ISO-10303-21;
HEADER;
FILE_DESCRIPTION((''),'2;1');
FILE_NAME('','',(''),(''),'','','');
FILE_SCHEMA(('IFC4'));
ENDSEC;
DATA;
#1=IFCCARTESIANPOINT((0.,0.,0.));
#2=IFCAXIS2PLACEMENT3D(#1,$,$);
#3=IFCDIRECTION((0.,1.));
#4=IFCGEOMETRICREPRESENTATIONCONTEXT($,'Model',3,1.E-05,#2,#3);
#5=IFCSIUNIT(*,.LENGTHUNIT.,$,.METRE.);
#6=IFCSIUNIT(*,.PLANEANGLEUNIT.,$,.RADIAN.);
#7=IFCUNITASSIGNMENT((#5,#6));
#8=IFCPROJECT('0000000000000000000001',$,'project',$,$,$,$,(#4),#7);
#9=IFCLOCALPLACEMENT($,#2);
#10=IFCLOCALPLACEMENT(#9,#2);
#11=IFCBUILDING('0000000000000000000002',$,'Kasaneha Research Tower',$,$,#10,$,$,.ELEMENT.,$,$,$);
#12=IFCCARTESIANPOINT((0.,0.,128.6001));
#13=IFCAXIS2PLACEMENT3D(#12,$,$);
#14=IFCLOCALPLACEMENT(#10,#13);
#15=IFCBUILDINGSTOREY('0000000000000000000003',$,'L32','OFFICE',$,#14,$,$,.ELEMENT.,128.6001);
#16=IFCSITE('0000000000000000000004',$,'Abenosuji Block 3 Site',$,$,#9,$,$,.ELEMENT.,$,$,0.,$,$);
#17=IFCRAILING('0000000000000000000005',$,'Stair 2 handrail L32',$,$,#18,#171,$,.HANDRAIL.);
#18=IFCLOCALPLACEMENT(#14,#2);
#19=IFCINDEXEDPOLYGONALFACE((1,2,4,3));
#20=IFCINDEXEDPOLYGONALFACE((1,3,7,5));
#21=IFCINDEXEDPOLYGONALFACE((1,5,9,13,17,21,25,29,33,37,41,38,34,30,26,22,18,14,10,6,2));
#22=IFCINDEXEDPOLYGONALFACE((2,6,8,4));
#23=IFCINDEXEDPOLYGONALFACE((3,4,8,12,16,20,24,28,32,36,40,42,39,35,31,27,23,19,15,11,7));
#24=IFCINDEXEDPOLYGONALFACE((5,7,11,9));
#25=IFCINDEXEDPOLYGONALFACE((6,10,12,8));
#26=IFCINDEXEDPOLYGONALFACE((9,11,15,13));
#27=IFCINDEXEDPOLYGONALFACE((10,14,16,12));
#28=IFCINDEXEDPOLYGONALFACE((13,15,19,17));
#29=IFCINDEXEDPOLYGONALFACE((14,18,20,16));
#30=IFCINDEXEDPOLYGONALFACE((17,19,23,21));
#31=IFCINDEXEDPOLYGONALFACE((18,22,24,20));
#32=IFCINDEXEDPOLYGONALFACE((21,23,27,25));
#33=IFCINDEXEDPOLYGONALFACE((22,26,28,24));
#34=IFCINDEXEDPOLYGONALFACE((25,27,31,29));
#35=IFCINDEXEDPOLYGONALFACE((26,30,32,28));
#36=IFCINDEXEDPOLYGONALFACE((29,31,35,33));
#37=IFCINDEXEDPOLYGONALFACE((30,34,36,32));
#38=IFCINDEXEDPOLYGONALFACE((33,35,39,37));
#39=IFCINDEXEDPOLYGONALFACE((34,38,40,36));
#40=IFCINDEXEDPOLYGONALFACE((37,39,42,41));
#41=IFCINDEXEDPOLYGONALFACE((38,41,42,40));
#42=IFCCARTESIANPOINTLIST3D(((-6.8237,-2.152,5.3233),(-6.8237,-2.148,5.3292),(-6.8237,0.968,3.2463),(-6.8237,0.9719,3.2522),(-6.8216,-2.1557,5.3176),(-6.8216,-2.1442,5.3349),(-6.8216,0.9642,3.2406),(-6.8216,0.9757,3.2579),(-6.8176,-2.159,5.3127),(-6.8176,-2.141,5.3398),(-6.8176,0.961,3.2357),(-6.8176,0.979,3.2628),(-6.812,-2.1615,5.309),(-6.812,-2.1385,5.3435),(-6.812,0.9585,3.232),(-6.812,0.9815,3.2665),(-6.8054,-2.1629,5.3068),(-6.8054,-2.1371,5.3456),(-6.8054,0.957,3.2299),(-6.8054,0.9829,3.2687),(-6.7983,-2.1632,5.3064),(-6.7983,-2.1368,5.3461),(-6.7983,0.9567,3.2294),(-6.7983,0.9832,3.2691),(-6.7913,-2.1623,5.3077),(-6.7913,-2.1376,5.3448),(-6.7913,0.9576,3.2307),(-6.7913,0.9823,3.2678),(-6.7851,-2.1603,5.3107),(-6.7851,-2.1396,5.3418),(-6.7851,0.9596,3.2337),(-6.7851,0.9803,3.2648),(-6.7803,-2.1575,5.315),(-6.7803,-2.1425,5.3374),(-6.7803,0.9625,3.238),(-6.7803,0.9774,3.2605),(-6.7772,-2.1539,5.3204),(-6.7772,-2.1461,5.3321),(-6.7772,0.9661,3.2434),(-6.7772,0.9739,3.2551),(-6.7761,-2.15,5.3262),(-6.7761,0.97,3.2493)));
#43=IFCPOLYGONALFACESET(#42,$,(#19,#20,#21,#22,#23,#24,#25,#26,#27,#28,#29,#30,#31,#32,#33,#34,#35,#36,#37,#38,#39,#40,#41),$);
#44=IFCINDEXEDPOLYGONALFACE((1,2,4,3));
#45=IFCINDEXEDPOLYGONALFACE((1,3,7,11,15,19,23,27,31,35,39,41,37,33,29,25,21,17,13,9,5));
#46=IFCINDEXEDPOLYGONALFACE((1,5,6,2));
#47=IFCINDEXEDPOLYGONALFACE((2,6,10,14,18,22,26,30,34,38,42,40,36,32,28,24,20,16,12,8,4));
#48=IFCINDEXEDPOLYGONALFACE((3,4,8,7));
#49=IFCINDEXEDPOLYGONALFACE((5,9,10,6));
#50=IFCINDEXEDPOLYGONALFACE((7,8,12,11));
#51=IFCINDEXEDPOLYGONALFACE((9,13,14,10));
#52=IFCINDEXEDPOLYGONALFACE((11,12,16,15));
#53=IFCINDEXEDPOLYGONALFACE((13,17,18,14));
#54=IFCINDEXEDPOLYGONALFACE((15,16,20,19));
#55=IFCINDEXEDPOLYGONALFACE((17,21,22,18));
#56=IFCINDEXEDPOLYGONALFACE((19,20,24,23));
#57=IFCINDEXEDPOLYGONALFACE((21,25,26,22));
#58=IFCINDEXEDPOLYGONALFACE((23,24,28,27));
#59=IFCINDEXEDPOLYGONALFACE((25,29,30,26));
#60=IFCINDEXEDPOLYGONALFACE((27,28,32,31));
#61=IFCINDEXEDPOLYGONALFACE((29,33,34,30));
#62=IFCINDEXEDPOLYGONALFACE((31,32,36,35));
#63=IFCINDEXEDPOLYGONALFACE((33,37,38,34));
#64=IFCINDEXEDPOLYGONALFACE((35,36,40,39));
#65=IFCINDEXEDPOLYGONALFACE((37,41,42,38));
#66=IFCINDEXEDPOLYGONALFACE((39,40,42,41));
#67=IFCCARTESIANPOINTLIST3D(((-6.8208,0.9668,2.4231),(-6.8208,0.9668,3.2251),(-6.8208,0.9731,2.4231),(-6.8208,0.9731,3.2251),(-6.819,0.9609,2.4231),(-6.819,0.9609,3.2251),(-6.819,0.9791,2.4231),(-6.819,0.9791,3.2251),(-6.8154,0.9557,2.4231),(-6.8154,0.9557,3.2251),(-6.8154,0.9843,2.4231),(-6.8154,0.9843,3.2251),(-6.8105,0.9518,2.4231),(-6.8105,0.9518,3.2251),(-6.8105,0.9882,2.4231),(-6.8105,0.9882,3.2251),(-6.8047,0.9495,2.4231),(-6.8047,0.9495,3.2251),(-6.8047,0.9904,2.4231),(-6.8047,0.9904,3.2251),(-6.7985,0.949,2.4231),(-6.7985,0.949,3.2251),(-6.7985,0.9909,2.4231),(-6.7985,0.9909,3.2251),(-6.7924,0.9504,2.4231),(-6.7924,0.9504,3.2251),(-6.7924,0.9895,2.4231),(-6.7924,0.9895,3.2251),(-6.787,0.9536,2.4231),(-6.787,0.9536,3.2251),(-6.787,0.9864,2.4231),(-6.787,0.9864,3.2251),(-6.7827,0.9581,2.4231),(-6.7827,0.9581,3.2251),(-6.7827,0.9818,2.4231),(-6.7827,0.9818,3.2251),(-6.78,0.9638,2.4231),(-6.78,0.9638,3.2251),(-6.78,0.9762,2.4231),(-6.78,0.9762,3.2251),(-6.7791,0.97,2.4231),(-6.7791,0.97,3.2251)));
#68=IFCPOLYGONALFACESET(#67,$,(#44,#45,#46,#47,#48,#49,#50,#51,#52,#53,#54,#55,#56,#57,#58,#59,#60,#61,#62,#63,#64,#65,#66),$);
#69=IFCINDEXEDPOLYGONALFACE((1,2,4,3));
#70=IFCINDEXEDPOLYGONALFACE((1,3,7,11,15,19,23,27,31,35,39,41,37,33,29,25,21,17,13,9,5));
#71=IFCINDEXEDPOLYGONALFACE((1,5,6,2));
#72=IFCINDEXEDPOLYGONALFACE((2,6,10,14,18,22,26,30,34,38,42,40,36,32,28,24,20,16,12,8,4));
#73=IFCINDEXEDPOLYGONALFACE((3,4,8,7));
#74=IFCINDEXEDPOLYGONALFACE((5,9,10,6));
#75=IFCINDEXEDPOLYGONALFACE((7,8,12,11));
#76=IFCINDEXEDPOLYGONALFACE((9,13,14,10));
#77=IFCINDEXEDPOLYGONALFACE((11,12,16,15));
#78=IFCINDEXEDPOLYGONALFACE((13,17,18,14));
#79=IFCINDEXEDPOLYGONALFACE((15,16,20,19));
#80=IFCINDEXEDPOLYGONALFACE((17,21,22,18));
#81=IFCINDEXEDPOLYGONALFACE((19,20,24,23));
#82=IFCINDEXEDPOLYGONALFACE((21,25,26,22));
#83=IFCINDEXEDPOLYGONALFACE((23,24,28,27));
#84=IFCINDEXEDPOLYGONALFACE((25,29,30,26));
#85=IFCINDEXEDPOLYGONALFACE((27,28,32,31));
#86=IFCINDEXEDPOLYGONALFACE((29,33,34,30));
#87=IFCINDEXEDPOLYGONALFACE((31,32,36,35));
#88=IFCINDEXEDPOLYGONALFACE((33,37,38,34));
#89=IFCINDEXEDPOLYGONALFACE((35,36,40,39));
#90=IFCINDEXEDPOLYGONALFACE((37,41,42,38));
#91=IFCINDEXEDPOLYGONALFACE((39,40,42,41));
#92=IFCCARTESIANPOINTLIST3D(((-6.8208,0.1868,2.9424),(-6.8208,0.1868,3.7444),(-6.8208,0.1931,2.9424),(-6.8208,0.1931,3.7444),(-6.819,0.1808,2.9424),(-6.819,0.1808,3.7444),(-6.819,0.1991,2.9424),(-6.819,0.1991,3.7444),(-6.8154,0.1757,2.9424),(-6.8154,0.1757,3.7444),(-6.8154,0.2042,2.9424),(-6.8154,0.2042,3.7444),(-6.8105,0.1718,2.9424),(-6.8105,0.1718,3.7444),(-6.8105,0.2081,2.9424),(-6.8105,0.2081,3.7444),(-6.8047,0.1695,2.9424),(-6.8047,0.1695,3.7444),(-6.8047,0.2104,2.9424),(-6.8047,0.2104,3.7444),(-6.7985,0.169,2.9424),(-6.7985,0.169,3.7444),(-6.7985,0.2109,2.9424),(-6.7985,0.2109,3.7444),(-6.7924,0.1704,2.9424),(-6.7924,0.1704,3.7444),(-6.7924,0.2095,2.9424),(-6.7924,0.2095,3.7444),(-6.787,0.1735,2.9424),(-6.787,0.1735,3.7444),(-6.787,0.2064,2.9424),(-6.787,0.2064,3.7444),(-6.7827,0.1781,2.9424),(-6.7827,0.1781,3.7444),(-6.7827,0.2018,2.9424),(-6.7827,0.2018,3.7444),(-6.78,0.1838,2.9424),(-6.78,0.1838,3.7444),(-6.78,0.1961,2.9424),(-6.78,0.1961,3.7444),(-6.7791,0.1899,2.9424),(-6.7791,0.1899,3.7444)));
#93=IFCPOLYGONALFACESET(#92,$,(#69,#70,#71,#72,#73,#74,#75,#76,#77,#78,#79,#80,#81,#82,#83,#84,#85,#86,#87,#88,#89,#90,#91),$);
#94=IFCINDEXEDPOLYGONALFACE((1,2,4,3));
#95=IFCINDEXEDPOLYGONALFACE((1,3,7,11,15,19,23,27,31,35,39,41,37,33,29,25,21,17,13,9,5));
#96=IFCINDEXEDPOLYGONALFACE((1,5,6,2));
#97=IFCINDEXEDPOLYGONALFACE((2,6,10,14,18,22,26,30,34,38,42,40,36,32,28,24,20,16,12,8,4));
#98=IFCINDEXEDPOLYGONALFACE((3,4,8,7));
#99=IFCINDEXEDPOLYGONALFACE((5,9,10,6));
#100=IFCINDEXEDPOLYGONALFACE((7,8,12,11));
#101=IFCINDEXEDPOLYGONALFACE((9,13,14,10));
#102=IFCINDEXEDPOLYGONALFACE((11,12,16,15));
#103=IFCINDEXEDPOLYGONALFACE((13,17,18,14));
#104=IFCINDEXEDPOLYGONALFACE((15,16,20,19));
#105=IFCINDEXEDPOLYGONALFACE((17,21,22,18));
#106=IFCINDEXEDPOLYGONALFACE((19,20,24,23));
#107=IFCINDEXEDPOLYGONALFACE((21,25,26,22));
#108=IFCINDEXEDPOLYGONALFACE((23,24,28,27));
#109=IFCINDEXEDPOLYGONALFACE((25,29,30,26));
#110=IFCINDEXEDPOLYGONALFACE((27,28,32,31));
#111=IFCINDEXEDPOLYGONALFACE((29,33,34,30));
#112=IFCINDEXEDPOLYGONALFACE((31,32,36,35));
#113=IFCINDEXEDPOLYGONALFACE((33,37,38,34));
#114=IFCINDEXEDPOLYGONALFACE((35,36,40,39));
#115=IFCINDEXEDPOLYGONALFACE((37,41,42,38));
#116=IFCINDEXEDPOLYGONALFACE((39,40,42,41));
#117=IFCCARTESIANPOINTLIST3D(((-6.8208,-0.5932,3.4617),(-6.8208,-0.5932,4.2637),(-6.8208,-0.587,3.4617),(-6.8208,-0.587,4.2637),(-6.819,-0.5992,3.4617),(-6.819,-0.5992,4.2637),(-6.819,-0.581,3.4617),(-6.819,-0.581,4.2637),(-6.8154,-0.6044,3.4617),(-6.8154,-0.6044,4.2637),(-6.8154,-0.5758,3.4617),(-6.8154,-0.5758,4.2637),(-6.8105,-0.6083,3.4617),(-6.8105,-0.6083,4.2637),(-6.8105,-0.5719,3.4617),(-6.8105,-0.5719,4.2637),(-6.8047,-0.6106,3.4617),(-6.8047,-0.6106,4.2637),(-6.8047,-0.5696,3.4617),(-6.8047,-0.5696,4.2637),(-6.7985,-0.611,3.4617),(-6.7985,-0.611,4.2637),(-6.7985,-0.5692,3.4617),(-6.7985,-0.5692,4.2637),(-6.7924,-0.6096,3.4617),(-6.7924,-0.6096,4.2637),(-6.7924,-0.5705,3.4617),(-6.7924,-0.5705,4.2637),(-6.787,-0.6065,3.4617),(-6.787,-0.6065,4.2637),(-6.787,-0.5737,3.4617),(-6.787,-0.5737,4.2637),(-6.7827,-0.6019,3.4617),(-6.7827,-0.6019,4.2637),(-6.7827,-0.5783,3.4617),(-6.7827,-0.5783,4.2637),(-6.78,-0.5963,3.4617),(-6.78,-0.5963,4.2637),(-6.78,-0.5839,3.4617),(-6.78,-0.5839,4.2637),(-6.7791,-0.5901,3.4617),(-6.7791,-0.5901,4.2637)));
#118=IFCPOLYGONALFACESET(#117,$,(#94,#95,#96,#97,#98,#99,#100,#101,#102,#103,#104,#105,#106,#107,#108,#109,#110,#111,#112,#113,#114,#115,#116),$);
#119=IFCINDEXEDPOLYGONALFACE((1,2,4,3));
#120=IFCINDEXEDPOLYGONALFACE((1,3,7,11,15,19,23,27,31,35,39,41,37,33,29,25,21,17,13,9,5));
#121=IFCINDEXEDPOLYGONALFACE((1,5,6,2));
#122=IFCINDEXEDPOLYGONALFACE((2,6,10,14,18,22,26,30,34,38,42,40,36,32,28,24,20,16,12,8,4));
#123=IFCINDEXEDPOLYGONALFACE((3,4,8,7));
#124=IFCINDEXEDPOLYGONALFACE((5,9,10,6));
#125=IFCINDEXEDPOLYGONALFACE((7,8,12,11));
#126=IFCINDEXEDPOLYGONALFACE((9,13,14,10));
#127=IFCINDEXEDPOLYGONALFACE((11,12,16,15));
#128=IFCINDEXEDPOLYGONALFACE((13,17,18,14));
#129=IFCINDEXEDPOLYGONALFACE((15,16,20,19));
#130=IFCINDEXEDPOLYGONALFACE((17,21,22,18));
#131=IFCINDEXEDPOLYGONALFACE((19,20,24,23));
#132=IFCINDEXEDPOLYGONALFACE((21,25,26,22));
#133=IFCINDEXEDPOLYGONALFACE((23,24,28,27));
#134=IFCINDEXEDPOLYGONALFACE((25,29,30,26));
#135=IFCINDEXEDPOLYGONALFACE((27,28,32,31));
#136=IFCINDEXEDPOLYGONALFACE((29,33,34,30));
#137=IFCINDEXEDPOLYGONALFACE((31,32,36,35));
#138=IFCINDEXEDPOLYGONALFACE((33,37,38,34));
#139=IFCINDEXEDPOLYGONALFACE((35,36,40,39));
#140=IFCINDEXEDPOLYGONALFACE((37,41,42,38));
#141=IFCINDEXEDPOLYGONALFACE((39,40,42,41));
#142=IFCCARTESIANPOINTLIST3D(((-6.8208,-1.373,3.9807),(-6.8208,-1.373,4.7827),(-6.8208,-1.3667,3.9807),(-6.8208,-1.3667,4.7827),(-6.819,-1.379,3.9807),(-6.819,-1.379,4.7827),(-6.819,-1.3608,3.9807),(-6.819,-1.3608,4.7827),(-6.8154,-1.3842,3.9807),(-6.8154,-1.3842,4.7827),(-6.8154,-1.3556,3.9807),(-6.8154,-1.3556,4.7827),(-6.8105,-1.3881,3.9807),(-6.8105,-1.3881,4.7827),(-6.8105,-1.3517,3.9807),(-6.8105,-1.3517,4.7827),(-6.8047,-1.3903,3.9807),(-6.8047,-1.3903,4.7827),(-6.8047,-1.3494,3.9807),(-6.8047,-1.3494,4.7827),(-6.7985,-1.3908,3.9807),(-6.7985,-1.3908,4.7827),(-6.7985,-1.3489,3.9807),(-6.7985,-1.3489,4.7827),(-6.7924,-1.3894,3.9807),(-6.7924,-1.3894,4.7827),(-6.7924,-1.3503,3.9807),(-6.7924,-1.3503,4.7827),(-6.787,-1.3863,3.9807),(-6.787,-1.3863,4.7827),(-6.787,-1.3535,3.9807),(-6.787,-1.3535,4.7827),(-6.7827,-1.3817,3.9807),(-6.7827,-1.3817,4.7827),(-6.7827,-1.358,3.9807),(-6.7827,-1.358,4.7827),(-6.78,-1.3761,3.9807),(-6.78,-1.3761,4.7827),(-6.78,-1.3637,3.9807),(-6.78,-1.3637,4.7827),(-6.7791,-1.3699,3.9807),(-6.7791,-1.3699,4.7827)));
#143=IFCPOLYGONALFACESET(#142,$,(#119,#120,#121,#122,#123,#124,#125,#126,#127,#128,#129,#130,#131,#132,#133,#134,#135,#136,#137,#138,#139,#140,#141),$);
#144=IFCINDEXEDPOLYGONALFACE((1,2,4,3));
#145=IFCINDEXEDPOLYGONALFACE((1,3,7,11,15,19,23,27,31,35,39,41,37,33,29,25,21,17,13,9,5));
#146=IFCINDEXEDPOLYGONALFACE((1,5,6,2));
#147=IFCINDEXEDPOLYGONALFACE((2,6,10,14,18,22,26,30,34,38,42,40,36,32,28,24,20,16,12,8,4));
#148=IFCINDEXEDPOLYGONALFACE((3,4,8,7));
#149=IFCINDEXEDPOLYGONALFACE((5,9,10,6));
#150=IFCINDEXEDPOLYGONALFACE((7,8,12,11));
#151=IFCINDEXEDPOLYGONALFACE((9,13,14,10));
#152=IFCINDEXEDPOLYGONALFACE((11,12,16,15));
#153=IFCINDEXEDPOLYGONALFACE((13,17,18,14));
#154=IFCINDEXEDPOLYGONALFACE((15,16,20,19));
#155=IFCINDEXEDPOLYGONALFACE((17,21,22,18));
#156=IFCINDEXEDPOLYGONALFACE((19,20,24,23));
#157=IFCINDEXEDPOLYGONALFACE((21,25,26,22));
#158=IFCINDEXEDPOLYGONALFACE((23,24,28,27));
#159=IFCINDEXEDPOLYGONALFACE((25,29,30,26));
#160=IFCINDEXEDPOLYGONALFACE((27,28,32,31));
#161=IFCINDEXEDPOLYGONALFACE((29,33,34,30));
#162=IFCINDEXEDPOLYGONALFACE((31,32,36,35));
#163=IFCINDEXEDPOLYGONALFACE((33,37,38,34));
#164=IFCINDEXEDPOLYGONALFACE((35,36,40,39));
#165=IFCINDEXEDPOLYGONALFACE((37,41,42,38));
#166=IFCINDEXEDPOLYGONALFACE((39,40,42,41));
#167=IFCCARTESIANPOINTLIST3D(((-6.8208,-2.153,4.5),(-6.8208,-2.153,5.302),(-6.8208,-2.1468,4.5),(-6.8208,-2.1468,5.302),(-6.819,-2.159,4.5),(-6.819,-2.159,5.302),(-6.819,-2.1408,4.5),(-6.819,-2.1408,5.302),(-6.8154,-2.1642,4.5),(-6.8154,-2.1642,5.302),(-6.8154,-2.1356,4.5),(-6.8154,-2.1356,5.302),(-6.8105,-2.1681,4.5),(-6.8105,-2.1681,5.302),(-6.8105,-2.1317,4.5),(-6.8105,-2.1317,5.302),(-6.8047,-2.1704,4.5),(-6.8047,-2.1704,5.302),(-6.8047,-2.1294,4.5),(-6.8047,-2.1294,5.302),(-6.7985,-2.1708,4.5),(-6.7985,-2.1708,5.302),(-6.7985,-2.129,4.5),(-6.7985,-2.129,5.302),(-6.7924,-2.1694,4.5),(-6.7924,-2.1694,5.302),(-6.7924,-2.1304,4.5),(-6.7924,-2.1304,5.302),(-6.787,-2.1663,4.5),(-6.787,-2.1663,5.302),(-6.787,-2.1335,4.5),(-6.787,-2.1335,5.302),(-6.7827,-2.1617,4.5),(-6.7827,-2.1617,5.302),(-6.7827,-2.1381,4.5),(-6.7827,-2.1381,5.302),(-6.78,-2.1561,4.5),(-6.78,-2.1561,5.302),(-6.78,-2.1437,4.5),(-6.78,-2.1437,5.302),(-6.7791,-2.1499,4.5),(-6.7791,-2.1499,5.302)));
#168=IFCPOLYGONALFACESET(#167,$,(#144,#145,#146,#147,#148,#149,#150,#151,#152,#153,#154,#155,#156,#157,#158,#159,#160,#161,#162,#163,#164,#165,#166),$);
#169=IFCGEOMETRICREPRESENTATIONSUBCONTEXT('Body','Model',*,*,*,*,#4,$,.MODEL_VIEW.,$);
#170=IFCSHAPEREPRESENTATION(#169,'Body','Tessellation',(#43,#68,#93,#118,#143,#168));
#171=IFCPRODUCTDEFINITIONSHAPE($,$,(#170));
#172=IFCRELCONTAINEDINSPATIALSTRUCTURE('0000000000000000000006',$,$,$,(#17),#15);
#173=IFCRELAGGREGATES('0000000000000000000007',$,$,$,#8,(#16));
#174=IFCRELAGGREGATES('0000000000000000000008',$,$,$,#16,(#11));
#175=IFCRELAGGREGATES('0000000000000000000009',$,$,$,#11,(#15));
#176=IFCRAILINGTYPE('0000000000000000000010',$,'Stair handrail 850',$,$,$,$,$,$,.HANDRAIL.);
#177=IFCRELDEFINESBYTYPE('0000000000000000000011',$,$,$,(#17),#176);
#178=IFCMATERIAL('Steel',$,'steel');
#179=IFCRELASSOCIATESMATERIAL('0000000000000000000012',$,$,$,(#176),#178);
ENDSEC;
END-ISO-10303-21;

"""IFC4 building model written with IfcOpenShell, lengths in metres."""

from ifc_helpers import new_model, si_unit, direction, frame, origin, origin_2d, place, context, subcontext, project, spatial, circle, extrude, material, type_object, element, save


model = new_model("IFC4")

# Units and contexts
model_context = context("Model", 3, precision=1e-05, world=origin(), true_north=direction((0.0, 1.0)))
body_context = subcontext(model_context, "Body", "Model", "MODEL_VIEW")
ifc_project = project(units=[si_unit("LENGTHUNIT", "METRE"), si_unit("PLANEANGLEUNIT", "RADIAN")], contexts=[model_context])

# Site, building, storey
site_placement = place(None, origin())
site = spatial("IfcSite", under=ifc_project, at=site_placement, Name="Abenosuji Block 3 Site", CompositionType="ELEMENT", RefElevation=0.0)
building_placement = place(site_placement, origin())
building = spatial("IfcBuilding", under=site, at=building_placement, Name="Kasaneha Research Tower", CompositionType="ELEMENT")
storey_placement = place(building_placement, frame((0.0, 0.0, 128.6001)))
storey = spatial("IfcBuildingStorey", under=building, at=storey_placement, Name="L32", Description="OFFICE", CompositionType="ELEMENT", Elevation=128.6001)

# Railing
ifc_material_1 = material(Name="Steel", Category="steel")
railing_type_1 = type_object("IfcRailingType", Name="Stair handrail 850", PredefinedType="HANDRAIL", material=ifc_material_1)
railing_1_placement = place(storey_placement, frame((-6.8, 0.97, 2.4231)))
element("IfcRailing", 1, at=railing_1_placement, inside=storey, type_object=railing_type_1, Name="Stair 2 handrail L32", PredefinedType="HANDRAIL", context=body_context, shape_type="SweptSolid", body=[
    extrude(circle(Radius=0.0239, at=origin_2d()), frame((0.0, 0.0, 0.8262), z_axis=(0.0, -0.832421, 0.554144), x_axis=(1.0, 0.0, 0.0)), (0.0, 0.0, 1.0), 3.748),
    extrude(circle(Radius=0.021, at=origin_2d()), origin(), (0.0, 0.0, 1.0), 0.802),
    extrude(circle(Radius=0.021, at=origin_2d()), frame((0.0, -0.78, 0.5193)), (0.0, 0.0, 1.0), 0.802),
    extrude(circle(Radius=0.021, at=origin_2d()), frame((0.0, -1.5601, 1.0386)), (0.0, 0.0, 1.0), 0.802),
    extrude(circle(Radius=0.021, at=origin_2d()), frame((0.0, -2.3398, 1.5576)), (0.0, 0.0, 1.0), 0.802),
    extrude(circle(Radius=0.021, at=origin_2d()), frame((0.0, -3.1199, 2.0769)), (0.0, 0.0, 1.0), 0.802),
])

save(model, "model.ifc")
